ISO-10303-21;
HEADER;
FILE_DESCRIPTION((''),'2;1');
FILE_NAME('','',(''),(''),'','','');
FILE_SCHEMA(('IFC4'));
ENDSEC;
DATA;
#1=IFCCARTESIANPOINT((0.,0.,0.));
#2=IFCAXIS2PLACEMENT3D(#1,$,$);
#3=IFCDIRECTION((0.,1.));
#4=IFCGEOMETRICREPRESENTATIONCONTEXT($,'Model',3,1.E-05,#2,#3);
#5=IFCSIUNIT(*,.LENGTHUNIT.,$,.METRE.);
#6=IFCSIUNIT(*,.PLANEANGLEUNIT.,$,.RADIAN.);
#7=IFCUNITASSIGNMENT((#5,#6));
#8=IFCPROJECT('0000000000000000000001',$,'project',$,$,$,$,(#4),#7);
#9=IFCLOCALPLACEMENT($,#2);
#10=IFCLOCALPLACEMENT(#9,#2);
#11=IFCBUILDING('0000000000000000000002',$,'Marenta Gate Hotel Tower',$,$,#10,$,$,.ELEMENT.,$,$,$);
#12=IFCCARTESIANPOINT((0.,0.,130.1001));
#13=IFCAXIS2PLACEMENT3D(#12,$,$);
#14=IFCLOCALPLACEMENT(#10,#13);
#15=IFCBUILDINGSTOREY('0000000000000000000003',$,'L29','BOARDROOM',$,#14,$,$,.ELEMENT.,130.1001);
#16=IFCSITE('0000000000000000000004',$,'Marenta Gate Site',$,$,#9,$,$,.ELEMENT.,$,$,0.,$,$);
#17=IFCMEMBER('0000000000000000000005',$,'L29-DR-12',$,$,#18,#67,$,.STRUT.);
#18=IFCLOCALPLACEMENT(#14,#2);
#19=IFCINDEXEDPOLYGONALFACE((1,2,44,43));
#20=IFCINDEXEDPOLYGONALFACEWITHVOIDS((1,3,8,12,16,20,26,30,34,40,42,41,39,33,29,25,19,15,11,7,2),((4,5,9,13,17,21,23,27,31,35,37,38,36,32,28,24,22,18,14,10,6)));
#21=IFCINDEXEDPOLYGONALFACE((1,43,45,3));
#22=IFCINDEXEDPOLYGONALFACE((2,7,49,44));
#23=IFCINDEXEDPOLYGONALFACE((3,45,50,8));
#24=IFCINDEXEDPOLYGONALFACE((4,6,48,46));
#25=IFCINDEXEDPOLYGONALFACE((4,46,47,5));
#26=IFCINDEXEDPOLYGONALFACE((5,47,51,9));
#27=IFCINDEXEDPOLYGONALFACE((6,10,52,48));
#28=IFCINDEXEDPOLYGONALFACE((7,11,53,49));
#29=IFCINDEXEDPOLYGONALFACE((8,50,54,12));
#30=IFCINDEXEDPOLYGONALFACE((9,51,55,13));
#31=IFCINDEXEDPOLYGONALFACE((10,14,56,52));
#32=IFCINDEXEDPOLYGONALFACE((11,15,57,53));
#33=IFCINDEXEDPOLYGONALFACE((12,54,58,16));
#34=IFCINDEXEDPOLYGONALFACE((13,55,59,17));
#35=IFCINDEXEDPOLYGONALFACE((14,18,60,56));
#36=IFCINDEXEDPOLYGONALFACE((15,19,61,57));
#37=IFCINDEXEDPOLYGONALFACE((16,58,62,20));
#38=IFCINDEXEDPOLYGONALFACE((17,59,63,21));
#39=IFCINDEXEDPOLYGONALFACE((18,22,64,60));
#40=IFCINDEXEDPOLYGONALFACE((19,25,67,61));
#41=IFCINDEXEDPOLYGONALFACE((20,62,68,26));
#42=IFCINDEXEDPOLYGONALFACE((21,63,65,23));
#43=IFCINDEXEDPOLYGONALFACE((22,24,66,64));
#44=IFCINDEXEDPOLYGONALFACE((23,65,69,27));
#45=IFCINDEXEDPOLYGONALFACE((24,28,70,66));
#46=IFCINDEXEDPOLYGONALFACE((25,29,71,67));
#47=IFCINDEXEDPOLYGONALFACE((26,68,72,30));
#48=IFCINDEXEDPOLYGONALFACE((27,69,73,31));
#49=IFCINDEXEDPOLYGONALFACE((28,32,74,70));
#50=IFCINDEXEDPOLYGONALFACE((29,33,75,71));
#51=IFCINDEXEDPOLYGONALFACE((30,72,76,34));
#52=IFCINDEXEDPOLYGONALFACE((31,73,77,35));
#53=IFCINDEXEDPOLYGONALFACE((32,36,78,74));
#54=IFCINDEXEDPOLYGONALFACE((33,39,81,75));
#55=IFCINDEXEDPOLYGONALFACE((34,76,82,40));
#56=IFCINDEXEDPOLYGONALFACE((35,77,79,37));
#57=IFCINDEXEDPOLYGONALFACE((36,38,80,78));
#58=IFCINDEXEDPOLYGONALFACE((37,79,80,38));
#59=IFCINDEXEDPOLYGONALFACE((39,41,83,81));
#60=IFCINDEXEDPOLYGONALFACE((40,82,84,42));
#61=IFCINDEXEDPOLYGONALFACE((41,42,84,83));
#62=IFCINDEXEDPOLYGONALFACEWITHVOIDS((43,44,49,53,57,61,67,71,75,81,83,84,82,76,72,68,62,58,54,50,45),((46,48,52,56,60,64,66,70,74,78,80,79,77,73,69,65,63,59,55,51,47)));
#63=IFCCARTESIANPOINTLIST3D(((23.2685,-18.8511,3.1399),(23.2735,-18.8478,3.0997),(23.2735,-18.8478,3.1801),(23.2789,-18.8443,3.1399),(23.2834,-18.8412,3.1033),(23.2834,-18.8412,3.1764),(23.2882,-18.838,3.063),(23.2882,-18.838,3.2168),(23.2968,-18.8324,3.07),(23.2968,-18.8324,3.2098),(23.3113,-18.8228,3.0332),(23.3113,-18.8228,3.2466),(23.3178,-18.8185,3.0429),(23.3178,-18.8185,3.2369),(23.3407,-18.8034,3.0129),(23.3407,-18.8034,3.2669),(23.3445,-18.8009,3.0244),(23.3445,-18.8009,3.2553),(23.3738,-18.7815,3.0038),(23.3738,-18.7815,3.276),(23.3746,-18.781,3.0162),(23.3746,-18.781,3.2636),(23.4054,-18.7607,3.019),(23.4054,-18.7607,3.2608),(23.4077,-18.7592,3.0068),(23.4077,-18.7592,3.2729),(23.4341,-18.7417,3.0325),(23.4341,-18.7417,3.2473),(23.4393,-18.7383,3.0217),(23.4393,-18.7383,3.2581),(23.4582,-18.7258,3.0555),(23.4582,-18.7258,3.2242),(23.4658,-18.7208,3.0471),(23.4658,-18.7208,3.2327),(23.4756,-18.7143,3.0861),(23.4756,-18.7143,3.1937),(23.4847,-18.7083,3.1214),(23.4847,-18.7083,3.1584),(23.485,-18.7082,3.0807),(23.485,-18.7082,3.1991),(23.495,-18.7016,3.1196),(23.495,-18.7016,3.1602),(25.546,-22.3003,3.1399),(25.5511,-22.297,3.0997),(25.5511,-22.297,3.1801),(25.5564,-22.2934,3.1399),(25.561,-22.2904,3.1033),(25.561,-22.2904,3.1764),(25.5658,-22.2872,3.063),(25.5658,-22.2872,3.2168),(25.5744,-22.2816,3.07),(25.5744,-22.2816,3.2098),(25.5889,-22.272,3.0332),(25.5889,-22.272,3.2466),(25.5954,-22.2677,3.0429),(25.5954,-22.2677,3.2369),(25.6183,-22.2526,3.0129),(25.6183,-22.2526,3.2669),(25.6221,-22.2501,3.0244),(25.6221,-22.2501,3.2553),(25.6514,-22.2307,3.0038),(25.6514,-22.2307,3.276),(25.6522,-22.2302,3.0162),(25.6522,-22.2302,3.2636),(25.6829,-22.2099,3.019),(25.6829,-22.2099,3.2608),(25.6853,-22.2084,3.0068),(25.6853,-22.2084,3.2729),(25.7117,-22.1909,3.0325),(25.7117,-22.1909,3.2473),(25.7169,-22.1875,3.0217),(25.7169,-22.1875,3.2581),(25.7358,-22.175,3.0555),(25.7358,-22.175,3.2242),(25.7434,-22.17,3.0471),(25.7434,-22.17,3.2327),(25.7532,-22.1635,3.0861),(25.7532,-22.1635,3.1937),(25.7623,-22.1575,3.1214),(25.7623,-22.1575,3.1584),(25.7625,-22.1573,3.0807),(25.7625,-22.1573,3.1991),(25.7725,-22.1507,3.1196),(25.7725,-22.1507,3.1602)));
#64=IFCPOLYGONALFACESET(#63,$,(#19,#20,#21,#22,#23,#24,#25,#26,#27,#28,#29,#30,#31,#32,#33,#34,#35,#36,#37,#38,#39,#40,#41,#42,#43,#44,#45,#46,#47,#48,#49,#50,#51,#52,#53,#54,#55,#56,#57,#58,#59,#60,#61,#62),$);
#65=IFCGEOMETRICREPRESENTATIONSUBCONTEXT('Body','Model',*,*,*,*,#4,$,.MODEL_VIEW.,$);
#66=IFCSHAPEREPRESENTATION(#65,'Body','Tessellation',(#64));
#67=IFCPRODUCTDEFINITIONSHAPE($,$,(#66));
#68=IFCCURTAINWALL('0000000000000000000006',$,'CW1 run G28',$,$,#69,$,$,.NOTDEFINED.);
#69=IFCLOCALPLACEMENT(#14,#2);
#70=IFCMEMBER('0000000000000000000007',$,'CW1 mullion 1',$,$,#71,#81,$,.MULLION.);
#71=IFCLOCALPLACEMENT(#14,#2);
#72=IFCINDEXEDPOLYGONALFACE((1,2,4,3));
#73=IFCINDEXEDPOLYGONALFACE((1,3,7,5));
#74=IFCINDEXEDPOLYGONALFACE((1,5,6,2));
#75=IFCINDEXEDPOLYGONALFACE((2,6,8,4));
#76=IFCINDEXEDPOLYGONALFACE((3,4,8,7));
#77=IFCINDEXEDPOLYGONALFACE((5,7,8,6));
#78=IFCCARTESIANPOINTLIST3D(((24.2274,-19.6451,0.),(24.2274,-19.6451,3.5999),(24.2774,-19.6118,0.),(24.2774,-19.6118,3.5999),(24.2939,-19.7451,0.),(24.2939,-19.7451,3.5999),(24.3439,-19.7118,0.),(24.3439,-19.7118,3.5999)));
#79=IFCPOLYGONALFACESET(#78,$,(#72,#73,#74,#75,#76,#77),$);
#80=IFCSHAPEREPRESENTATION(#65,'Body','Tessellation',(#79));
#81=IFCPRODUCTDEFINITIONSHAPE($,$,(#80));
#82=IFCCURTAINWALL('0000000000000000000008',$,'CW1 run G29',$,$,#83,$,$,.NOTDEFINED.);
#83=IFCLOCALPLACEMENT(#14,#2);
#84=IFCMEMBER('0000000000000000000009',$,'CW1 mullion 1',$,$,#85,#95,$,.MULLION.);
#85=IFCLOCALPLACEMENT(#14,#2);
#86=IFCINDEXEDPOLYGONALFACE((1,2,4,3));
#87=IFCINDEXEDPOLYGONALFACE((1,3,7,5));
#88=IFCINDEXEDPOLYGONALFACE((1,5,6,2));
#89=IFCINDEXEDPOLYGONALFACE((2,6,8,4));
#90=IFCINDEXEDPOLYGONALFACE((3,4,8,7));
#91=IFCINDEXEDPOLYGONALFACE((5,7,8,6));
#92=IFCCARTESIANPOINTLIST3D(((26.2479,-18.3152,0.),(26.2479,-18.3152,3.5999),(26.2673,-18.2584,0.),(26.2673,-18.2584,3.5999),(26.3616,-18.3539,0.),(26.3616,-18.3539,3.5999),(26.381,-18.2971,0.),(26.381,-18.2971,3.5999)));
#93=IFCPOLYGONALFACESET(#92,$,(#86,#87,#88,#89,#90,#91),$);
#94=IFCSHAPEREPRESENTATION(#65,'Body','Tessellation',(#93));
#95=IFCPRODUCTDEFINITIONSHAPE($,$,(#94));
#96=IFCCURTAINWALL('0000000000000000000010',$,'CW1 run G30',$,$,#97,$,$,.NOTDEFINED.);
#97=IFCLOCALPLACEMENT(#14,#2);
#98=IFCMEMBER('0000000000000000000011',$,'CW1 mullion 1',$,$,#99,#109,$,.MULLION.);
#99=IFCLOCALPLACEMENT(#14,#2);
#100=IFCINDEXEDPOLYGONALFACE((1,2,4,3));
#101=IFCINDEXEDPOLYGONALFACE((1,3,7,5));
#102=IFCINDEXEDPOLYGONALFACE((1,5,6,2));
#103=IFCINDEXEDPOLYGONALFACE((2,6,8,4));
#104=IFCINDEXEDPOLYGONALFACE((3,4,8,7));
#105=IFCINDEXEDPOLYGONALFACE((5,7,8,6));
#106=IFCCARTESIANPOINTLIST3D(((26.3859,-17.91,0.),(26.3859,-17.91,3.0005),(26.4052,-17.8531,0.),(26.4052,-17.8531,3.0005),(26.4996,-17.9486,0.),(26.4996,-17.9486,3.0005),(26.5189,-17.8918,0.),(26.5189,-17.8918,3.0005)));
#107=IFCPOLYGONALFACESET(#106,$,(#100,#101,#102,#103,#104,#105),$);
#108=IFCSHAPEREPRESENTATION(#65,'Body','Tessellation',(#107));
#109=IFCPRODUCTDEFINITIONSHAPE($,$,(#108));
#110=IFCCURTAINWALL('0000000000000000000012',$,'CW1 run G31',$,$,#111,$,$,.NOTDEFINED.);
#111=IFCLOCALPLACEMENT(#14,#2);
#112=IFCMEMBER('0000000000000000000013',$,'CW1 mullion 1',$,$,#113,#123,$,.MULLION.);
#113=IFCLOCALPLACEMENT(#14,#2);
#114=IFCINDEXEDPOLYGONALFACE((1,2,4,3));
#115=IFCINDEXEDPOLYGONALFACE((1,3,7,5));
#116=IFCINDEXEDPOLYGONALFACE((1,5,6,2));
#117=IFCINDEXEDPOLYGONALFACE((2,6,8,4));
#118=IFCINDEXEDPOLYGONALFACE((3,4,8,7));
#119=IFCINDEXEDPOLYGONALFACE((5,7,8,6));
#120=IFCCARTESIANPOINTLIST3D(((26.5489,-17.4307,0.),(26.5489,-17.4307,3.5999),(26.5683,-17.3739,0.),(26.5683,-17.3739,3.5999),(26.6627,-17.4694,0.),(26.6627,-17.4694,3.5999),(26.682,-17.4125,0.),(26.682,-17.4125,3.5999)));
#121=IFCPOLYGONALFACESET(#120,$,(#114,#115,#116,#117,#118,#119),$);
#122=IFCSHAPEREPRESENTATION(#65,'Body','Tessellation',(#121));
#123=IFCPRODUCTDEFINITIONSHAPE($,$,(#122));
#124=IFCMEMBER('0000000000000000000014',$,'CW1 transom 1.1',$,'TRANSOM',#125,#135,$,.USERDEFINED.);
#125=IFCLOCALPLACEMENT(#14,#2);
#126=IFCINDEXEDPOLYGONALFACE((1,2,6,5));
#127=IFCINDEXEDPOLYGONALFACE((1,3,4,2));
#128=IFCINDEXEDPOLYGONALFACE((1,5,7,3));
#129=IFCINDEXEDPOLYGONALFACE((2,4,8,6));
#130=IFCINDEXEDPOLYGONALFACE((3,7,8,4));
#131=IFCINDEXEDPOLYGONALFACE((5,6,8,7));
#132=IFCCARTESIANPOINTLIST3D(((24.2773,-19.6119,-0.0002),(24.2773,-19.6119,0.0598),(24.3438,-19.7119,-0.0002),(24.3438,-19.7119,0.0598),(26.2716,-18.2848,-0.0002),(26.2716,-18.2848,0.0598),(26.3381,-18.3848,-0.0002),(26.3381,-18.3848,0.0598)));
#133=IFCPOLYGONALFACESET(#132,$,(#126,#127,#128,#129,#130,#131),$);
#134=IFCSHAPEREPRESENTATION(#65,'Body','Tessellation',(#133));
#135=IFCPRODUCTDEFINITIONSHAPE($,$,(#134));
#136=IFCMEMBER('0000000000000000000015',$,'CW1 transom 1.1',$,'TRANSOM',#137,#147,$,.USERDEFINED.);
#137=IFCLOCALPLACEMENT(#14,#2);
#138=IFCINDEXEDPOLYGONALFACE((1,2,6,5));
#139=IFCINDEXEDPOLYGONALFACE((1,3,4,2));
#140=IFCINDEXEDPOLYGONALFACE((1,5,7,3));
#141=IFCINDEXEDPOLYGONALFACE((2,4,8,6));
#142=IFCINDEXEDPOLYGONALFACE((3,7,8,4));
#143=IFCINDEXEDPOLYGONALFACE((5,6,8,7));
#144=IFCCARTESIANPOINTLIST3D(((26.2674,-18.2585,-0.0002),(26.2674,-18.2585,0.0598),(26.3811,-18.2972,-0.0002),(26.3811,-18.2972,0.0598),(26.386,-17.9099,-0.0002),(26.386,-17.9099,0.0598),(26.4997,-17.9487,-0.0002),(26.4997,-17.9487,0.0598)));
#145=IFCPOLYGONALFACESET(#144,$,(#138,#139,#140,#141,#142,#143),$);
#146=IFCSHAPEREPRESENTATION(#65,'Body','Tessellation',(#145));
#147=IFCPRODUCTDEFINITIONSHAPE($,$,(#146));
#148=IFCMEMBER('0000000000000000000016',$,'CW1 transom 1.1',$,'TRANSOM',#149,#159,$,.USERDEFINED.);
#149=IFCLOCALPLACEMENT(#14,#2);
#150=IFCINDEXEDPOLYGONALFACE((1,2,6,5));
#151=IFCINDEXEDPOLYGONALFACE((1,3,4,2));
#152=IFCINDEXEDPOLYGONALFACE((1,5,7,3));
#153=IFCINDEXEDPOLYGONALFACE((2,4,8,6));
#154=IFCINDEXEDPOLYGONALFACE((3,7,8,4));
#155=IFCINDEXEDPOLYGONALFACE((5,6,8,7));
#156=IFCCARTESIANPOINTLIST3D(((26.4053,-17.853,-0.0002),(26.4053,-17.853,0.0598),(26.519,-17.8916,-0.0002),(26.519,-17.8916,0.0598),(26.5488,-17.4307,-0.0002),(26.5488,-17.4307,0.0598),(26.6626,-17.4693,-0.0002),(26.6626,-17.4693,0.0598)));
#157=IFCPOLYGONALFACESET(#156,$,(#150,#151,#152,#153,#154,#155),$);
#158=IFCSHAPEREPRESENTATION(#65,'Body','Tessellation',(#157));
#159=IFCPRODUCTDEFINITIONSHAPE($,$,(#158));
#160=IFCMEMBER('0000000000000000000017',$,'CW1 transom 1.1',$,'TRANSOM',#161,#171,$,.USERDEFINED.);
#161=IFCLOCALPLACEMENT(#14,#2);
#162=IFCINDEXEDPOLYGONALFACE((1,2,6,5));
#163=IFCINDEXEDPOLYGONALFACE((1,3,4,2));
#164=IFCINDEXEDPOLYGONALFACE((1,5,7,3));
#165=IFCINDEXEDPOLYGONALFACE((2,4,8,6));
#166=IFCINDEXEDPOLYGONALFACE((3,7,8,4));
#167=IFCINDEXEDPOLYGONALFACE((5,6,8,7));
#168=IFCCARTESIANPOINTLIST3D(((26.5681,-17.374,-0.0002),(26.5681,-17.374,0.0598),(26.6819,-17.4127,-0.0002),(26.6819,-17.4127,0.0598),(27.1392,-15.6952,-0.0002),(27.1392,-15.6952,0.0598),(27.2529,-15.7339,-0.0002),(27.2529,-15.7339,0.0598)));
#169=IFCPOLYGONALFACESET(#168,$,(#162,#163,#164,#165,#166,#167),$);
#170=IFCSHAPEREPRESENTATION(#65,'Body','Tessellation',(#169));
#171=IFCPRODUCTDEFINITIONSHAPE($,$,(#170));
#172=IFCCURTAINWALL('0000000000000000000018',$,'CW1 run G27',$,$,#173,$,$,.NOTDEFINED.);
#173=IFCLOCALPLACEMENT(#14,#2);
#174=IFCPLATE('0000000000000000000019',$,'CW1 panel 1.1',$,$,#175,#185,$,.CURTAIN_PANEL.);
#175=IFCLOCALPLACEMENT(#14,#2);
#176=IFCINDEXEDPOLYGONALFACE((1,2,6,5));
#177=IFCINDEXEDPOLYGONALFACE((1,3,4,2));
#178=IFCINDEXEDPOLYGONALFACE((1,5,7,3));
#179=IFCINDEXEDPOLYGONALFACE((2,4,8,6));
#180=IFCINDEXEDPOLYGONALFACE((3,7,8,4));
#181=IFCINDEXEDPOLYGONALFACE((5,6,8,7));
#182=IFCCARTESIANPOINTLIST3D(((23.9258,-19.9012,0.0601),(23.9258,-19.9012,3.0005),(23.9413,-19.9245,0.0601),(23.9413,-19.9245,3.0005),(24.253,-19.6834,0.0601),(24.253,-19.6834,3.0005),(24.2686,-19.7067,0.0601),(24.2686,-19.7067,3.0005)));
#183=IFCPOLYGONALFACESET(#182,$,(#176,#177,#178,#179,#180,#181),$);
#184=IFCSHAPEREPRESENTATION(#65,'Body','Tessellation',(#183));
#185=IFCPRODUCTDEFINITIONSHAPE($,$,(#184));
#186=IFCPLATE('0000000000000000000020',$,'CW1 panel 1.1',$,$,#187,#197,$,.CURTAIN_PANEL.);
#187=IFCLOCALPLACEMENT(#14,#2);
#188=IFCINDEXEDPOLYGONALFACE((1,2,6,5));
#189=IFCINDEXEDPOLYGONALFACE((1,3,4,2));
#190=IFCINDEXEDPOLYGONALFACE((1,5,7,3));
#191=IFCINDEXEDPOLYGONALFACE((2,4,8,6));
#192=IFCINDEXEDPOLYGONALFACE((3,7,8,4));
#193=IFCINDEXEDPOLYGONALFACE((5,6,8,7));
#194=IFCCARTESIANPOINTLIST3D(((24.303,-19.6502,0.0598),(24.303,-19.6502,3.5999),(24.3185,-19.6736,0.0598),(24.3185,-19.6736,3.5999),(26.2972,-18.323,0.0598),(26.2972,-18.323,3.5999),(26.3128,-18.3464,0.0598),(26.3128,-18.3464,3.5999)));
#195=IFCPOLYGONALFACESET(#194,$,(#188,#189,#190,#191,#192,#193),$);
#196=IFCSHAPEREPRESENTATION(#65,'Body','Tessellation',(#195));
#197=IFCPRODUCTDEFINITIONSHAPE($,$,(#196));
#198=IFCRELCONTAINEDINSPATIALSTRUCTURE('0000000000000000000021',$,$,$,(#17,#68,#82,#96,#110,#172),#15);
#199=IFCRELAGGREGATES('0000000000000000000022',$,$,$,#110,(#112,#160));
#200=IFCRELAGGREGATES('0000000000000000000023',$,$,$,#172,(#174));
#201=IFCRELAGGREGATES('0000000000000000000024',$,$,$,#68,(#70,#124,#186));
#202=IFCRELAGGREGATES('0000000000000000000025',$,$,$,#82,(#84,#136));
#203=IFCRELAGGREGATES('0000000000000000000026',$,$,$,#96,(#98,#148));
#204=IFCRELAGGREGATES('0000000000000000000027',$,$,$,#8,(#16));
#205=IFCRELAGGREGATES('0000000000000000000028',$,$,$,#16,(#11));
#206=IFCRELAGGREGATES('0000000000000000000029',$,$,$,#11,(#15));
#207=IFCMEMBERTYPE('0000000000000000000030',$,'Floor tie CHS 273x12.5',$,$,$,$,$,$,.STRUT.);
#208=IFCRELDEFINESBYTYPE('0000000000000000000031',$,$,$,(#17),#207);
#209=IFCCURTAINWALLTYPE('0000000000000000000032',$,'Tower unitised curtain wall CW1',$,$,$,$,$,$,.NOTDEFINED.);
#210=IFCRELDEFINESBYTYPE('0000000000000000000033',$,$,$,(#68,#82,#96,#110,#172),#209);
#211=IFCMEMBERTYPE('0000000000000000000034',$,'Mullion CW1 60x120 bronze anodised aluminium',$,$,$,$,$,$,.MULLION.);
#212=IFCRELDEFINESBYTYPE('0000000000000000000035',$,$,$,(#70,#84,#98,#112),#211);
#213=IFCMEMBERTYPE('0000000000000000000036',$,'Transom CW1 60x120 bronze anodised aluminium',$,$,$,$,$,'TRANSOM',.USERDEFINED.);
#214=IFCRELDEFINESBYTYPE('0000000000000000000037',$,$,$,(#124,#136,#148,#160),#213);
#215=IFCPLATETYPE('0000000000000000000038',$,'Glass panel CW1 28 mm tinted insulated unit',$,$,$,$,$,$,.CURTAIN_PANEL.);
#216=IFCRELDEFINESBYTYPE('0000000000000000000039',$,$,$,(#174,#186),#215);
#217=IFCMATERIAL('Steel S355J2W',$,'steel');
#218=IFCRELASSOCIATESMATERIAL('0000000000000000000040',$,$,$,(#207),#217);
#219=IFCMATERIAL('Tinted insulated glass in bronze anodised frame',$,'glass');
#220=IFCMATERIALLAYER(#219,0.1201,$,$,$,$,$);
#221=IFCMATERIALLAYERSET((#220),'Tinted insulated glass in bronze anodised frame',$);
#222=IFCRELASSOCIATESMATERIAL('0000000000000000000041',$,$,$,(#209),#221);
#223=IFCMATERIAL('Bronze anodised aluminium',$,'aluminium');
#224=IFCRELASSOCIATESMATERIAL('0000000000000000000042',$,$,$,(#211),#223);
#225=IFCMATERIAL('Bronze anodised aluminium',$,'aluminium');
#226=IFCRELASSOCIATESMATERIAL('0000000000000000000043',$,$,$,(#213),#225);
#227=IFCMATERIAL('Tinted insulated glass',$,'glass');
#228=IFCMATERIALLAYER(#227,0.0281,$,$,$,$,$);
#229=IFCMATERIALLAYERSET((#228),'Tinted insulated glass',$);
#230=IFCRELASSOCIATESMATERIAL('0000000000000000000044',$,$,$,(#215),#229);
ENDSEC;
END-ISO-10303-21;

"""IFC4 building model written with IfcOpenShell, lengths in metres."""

from ifc_helpers import new_model, si_unit, direction, frame, origin, origin_2d, place, context, subcontext, project, spatial, rectangle, hollow_circle, extrude, material, layer, layer_set, material_profile, profile_set, type_object, element, aggregate, save


model = new_model("IFC4")

# Units and contexts
model_context = context("Model", 3, precision=1e-05, world=origin(), true_north=direction((0.0, 1.0)))
body_context = subcontext(model_context, "Body", "Model", "MODEL_VIEW")
ifc_project = project(units=[si_unit("LENGTHUNIT", "METRE"), si_unit("PLANEANGLEUNIT", "RADIAN")], contexts=[model_context])

# Site, building, storey
site_placement = place(None, origin())
site = spatial("IfcSite", under=ifc_project, at=site_placement, Name="Marenta Gate Site", CompositionType="ELEMENT", RefElevation=0.0)
building_placement = place(site_placement, origin())
building = spatial("IfcBuilding", under=site, at=building_placement, Name="Marenta Gate Hotel Tower", CompositionType="ELEMENT")
storey_placement = place(building_placement, frame((0.0, 0.0, 130.1001)))
storey = spatial("IfcBuildingStorey", under=building, at=storey_placement, Name="L29", Description="BOARDROOM", CompositionType="ELEMENT", Elevation=130.1001)

# Member
ifc_material_1 = material(Name="Steel S355J2W", Category="steel")
ifc_material_profile_1 = material_profile(ifc_material_1, hollow_circle(Radius=0.1365, WallThickness=0.0125, at=origin_2d()), Name="CHS 273x12.5")
ifc_profile_set_1 = profile_set([ifc_material_profile_1], Name="Steel S355J2W")
member_type_1 = type_object("IfcMemberType", Name="Floor tie CHS 273x12.5", PredefinedType="STRUT", material=ifc_profile_set_1)
member_1_placement = place(storey_placement, frame((25.6599, -22.2251, 3.1399), z_axis=(-0.551028, 0.834487, 0.0), x_axis=(-0.834487, -0.551028, 0.0)))
element("IfcMember", 1, at=member_1_placement, inside=storey, type_object=member_type_1, Name="L29-DR-12", PredefinedType="STRUT", context=body_context, shape_type="SweptSolid", body=[
    extrude(hollow_circle(Radius=0.1365, WallThickness=0.0125, at=origin_2d()), origin(), (0.0, 0.0, 1.0), 4.1333),
])

# Curtain walls, members
ifc_material_2 = material(Name="Tinted insulated glass in bronze anodised frame", Category="glass")
ifc_layer_1 = layer(ifc_material_2, 0.1201)
ifc_layer_set_1 = layer_set([ifc_layer_1], Name="Tinted insulated glass in bronze anodised frame")
curtain_wall_type = type_object("IfcCurtainWallType", Name="Tower unitised curtain wall CW1", PredefinedType="NOTDEFINED", material=ifc_layer_set_1)
curtain_wall_1_placement = place(storey_placement, origin())
curtain_wall_1 = element("IfcCurtainWall", 2, at=curtain_wall_1_placement, inside=storey, type_object=curtain_wall_type, Name="CW1 run G28", PredefinedType="NOTDEFINED")
ifc_material_3 = material(Name="Bronze anodised aluminium", Category="aluminium")
ifc_material_profile_2 = material_profile(ifc_material_3, rectangle(XDim=0.1201, YDim=0.0601, at=origin_2d()), Name="Mullion CW1 60x120 bronze anodised aluminium")
ifc_profile_set_2 = profile_set([ifc_material_profile_2], Name="Bronze anodised aluminium")
member_type_2 = type_object("IfcMemberType", Name="Mullion CW1 60x120 bronze anodised aluminium", PredefinedType="MULLION", material=ifc_profile_set_2)
member_2_placement = place(storey_placement, frame((24.2856, -19.6785, 0.0), z_axis=(0.0, 0.0, 1.0), x_axis=(-0.554023, 0.832501, 0.0)))
member_2 = element("IfcMember", 3, at=member_2_placement, type_object=member_type_2, Name="CW1 mullion 1", PredefinedType="MULLION", context=body_context, shape_type="SweptSolid", body=[
    extrude(rectangle(XDim=0.1201, YDim=0.0601, at=origin_2d()), origin(), (0.0, 0.0, 1.0), 3.5999),
])
curtain_wall_2_placement = place(storey_placement, origin())
curtain_wall_2 = element("IfcCurtainWall", 4, at=curtain_wall_2_placement, inside=storey, type_object=curtain_wall_type, Name="CW1 run G29", PredefinedType="NOTDEFINED")
member_3_placement = place(storey_placement, frame((26.3145, -18.3062, 0.0), z_axis=(0.0, 0.0, 1.0), x_axis=(-0.946727, 0.322037, 0.0)))
member_3 = element("IfcMember", 5, at=member_3_placement, type_object=member_type_2, Name="CW1 mullion 1", PredefinedType="MULLION", context=body_context, shape_type="SweptSolid", body=[
    extrude(rectangle(XDim=0.1201, YDim=0.0601, at=origin_2d()), origin(), (0.0, 0.0, 1.0), 3.5999),
])
curtain_wall_3_placement = place(storey_placement, origin())
curtain_wall_3 = element("IfcCurtainWall", 6, at=curtain_wall_3_placement, inside=storey, type_object=curtain_wall_type, Name="CW1 run G30", PredefinedType="NOTDEFINED")
member_4_placement = place(storey_placement, frame((26.4524, -17.9009, 0.0), z_axis=(0.0, 0.0, 1.0), x_axis=(-0.946729, 0.32203, 0.0)))
member_4 = element("IfcMember", 7, at=member_4_placement, type_object=member_type_2, Name="CW1 mullion 1", PredefinedType="MULLION", context=body_context, shape_type="SweptSolid", body=[
    extrude(rectangle(XDim=0.1201, YDim=0.0601, at=origin_2d()), origin(), (0.0, 0.0, 1.0), 3.0005),
])
curtain_wall_4_placement = place(storey_placement, origin())
curtain_wall_4 = element("IfcCurtainWall", 8, at=curtain_wall_4_placement, inside=storey, type_object=curtain_wall_type, Name="CW1 run G31", PredefinedType="NOTDEFINED")
member_5_placement = place(storey_placement, frame((26.6155, -17.4216, 0.0), z_axis=(0.0, 0.0, 1.0), x_axis=(-0.946729, 0.322032, 0.0)))
member_5 = element("IfcMember", 9, at=member_5_placement, type_object=member_type_2, Name="CW1 mullion 1", PredefinedType="MULLION", context=body_context, shape_type="SweptSolid", body=[
    extrude(rectangle(XDim=0.1201, YDim=0.0601, at=origin_2d()), origin(), (0.0, 0.0, 1.0), 3.5999),
])

# Members
ifc_material_4 = material(Name="Bronze anodised aluminium", Category="aluminium")
ifc_material_profile_3 = material_profile(ifc_material_4, rectangle(XDim=0.1201, YDim=0.0601, at=origin_2d()), Name="Transom CW1 60x120 bronze anodised aluminium")
ifc_profile_set_3 = profile_set([ifc_material_profile_3], Name="Bronze anodised aluminium")
member_type_3 = type_object("IfcMemberType", Name="Transom CW1 60x120 bronze anodised aluminium", ElementType="TRANSOM", PredefinedType="USERDEFINED", material=ifc_profile_set_3)
member_6_placement = place(storey_placement, frame((24.3105, -19.6619, 0.0298), z_axis=(0.83252, 0.553994, 0.0), x_axis=(-0.553994, 0.83252, 0.0)))
member_6 = element("IfcMember", 10, at=member_6_placement, type_object=member_type_3, Name="CW1 transom 1.1", ObjectType="TRANSOM", PredefinedType="USERDEFINED", context=body_context, shape_type="SweptSolid", body=[
    extrude(rectangle(XDim=0.1201, YDim=0.0601, at=origin_2d()), origin(), (0.0, 0.0, 1.0), 2.3955),
])
member_7_placement = place(storey_placement, frame((26.3242, -18.2778, 0.0298), z_axis=(0.322188, 0.946676, 0.0), x_axis=(-0.946676, 0.322188, 0.0)))
member_7 = element("IfcMember", 11, at=member_7_placement, type_object=member_type_3, Name="CW1 transom 1.1", ObjectType="TRANSOM", PredefinedType="USERDEFINED", context=body_context, shape_type="SweptSolid", body=[
    extrude(rectangle(XDim=0.1201, YDim=0.0601, at=origin_2d()), origin(), (0.0, 0.0, 1.0), 0.3682),
])
member_8_placement = place(storey_placement, frame((26.4622, -17.8723, 0.0298), z_axis=(0.321805, 0.946806, 0.0), x_axis=(-0.946806, 0.321805, 0.0)))
member_8 = element("IfcMember", 12, at=member_8_placement, type_object=member_type_3, Name="CW1 transom 1.1", ObjectType="TRANSOM", PredefinedType="USERDEFINED", context=body_context, shape_type="SweptSolid", body=[
    extrude(rectangle(XDim=0.1201, YDim=0.0601, at=origin_2d()), origin(), (0.0, 0.0, 1.0), 0.446),
])
member_9_placement = place(storey_placement, frame((26.625, -17.3933, 0.0298), z_axis=(0.322046, 0.946724, 0.0), x_axis=(-0.946724, 0.322046, 0.0)))
member_9 = element("IfcMember", 13, at=member_9_placement, type_object=member_type_3, Name="CW1 transom 1.1", ObjectType="TRANSOM", PredefinedType="USERDEFINED", context=body_context, shape_type="SweptSolid", body=[
    extrude(rectangle(XDim=0.1201, YDim=0.0601, at=origin_2d()), origin(), (0.0, 0.0, 1.0), 1.7732),
])
aggregate(curtain_wall_4, [member_5, member_9])

# Curtain wall, plate
curtain_wall_5_placement = place(storey_placement, origin())
curtain_wall_5 = element("IfcCurtainWall", 14, at=curtain_wall_5_placement, inside=storey, type_object=curtain_wall_type, Name="CW1 run G27", PredefinedType="NOTDEFINED")
ifc_material_5 = material(Name="Tinted insulated glass", Category="glass")
ifc_layer_2 = layer(ifc_material_5, 0.0281)
ifc_layer_set_2 = layer_set([ifc_layer_2], Name="Tinted insulated glass")
plate_type = type_object("IfcPlateType", Name="Glass panel CW1 28 mm tinted insulated unit", PredefinedType="CURTAIN_PANEL", material=ifc_layer_set_2)
plate_1_placement = place(storey_placement, frame((24.0972, -19.804, 0.0601), z_axis=(0.0, 0.0, 1.0), x_axis=(0.832458, 0.554089, 0.0)))
plate_1 = element("IfcPlate", 15, at=plate_1_placement, type_object=plate_type, Name="CW1 panel 1.1", PredefinedType="CURTAIN_PANEL", context=body_context, shape_type="SweptSolid", body=[
    extrude(rectangle(XDim=0.3931, YDim=0.0281, at=origin_2d()), origin(), (0.0, 0.0, 1.0), 2.9404),
])
aggregate(curtain_wall_5, [plate_1])

# Plate
plate_2_placement = place(storey_placement, frame((25.3079, -18.9983, 0.0598), z_axis=(0.0, 0.0, 1.0), x_axis=(0.832501, 0.554023, 0.0)))
plate_2 = element("IfcPlate", 16, at=plate_2_placement, type_object=plate_type, Name="CW1 panel 1.1", PredefinedType="CURTAIN_PANEL", context=body_context, shape_type="SweptSolid", body=[
    extrude(rectangle(XDim=2.3955, YDim=0.0281, at=origin_2d()), origin(), (0.0, 0.0, 1.0), 3.54),
])
aggregate(curtain_wall_1, [member_2, member_6, plate_2])
aggregate(curtain_wall_2, [member_3, member_7])
aggregate(curtain_wall_3, [member_4, member_8])

save(model, "model.ifc")
